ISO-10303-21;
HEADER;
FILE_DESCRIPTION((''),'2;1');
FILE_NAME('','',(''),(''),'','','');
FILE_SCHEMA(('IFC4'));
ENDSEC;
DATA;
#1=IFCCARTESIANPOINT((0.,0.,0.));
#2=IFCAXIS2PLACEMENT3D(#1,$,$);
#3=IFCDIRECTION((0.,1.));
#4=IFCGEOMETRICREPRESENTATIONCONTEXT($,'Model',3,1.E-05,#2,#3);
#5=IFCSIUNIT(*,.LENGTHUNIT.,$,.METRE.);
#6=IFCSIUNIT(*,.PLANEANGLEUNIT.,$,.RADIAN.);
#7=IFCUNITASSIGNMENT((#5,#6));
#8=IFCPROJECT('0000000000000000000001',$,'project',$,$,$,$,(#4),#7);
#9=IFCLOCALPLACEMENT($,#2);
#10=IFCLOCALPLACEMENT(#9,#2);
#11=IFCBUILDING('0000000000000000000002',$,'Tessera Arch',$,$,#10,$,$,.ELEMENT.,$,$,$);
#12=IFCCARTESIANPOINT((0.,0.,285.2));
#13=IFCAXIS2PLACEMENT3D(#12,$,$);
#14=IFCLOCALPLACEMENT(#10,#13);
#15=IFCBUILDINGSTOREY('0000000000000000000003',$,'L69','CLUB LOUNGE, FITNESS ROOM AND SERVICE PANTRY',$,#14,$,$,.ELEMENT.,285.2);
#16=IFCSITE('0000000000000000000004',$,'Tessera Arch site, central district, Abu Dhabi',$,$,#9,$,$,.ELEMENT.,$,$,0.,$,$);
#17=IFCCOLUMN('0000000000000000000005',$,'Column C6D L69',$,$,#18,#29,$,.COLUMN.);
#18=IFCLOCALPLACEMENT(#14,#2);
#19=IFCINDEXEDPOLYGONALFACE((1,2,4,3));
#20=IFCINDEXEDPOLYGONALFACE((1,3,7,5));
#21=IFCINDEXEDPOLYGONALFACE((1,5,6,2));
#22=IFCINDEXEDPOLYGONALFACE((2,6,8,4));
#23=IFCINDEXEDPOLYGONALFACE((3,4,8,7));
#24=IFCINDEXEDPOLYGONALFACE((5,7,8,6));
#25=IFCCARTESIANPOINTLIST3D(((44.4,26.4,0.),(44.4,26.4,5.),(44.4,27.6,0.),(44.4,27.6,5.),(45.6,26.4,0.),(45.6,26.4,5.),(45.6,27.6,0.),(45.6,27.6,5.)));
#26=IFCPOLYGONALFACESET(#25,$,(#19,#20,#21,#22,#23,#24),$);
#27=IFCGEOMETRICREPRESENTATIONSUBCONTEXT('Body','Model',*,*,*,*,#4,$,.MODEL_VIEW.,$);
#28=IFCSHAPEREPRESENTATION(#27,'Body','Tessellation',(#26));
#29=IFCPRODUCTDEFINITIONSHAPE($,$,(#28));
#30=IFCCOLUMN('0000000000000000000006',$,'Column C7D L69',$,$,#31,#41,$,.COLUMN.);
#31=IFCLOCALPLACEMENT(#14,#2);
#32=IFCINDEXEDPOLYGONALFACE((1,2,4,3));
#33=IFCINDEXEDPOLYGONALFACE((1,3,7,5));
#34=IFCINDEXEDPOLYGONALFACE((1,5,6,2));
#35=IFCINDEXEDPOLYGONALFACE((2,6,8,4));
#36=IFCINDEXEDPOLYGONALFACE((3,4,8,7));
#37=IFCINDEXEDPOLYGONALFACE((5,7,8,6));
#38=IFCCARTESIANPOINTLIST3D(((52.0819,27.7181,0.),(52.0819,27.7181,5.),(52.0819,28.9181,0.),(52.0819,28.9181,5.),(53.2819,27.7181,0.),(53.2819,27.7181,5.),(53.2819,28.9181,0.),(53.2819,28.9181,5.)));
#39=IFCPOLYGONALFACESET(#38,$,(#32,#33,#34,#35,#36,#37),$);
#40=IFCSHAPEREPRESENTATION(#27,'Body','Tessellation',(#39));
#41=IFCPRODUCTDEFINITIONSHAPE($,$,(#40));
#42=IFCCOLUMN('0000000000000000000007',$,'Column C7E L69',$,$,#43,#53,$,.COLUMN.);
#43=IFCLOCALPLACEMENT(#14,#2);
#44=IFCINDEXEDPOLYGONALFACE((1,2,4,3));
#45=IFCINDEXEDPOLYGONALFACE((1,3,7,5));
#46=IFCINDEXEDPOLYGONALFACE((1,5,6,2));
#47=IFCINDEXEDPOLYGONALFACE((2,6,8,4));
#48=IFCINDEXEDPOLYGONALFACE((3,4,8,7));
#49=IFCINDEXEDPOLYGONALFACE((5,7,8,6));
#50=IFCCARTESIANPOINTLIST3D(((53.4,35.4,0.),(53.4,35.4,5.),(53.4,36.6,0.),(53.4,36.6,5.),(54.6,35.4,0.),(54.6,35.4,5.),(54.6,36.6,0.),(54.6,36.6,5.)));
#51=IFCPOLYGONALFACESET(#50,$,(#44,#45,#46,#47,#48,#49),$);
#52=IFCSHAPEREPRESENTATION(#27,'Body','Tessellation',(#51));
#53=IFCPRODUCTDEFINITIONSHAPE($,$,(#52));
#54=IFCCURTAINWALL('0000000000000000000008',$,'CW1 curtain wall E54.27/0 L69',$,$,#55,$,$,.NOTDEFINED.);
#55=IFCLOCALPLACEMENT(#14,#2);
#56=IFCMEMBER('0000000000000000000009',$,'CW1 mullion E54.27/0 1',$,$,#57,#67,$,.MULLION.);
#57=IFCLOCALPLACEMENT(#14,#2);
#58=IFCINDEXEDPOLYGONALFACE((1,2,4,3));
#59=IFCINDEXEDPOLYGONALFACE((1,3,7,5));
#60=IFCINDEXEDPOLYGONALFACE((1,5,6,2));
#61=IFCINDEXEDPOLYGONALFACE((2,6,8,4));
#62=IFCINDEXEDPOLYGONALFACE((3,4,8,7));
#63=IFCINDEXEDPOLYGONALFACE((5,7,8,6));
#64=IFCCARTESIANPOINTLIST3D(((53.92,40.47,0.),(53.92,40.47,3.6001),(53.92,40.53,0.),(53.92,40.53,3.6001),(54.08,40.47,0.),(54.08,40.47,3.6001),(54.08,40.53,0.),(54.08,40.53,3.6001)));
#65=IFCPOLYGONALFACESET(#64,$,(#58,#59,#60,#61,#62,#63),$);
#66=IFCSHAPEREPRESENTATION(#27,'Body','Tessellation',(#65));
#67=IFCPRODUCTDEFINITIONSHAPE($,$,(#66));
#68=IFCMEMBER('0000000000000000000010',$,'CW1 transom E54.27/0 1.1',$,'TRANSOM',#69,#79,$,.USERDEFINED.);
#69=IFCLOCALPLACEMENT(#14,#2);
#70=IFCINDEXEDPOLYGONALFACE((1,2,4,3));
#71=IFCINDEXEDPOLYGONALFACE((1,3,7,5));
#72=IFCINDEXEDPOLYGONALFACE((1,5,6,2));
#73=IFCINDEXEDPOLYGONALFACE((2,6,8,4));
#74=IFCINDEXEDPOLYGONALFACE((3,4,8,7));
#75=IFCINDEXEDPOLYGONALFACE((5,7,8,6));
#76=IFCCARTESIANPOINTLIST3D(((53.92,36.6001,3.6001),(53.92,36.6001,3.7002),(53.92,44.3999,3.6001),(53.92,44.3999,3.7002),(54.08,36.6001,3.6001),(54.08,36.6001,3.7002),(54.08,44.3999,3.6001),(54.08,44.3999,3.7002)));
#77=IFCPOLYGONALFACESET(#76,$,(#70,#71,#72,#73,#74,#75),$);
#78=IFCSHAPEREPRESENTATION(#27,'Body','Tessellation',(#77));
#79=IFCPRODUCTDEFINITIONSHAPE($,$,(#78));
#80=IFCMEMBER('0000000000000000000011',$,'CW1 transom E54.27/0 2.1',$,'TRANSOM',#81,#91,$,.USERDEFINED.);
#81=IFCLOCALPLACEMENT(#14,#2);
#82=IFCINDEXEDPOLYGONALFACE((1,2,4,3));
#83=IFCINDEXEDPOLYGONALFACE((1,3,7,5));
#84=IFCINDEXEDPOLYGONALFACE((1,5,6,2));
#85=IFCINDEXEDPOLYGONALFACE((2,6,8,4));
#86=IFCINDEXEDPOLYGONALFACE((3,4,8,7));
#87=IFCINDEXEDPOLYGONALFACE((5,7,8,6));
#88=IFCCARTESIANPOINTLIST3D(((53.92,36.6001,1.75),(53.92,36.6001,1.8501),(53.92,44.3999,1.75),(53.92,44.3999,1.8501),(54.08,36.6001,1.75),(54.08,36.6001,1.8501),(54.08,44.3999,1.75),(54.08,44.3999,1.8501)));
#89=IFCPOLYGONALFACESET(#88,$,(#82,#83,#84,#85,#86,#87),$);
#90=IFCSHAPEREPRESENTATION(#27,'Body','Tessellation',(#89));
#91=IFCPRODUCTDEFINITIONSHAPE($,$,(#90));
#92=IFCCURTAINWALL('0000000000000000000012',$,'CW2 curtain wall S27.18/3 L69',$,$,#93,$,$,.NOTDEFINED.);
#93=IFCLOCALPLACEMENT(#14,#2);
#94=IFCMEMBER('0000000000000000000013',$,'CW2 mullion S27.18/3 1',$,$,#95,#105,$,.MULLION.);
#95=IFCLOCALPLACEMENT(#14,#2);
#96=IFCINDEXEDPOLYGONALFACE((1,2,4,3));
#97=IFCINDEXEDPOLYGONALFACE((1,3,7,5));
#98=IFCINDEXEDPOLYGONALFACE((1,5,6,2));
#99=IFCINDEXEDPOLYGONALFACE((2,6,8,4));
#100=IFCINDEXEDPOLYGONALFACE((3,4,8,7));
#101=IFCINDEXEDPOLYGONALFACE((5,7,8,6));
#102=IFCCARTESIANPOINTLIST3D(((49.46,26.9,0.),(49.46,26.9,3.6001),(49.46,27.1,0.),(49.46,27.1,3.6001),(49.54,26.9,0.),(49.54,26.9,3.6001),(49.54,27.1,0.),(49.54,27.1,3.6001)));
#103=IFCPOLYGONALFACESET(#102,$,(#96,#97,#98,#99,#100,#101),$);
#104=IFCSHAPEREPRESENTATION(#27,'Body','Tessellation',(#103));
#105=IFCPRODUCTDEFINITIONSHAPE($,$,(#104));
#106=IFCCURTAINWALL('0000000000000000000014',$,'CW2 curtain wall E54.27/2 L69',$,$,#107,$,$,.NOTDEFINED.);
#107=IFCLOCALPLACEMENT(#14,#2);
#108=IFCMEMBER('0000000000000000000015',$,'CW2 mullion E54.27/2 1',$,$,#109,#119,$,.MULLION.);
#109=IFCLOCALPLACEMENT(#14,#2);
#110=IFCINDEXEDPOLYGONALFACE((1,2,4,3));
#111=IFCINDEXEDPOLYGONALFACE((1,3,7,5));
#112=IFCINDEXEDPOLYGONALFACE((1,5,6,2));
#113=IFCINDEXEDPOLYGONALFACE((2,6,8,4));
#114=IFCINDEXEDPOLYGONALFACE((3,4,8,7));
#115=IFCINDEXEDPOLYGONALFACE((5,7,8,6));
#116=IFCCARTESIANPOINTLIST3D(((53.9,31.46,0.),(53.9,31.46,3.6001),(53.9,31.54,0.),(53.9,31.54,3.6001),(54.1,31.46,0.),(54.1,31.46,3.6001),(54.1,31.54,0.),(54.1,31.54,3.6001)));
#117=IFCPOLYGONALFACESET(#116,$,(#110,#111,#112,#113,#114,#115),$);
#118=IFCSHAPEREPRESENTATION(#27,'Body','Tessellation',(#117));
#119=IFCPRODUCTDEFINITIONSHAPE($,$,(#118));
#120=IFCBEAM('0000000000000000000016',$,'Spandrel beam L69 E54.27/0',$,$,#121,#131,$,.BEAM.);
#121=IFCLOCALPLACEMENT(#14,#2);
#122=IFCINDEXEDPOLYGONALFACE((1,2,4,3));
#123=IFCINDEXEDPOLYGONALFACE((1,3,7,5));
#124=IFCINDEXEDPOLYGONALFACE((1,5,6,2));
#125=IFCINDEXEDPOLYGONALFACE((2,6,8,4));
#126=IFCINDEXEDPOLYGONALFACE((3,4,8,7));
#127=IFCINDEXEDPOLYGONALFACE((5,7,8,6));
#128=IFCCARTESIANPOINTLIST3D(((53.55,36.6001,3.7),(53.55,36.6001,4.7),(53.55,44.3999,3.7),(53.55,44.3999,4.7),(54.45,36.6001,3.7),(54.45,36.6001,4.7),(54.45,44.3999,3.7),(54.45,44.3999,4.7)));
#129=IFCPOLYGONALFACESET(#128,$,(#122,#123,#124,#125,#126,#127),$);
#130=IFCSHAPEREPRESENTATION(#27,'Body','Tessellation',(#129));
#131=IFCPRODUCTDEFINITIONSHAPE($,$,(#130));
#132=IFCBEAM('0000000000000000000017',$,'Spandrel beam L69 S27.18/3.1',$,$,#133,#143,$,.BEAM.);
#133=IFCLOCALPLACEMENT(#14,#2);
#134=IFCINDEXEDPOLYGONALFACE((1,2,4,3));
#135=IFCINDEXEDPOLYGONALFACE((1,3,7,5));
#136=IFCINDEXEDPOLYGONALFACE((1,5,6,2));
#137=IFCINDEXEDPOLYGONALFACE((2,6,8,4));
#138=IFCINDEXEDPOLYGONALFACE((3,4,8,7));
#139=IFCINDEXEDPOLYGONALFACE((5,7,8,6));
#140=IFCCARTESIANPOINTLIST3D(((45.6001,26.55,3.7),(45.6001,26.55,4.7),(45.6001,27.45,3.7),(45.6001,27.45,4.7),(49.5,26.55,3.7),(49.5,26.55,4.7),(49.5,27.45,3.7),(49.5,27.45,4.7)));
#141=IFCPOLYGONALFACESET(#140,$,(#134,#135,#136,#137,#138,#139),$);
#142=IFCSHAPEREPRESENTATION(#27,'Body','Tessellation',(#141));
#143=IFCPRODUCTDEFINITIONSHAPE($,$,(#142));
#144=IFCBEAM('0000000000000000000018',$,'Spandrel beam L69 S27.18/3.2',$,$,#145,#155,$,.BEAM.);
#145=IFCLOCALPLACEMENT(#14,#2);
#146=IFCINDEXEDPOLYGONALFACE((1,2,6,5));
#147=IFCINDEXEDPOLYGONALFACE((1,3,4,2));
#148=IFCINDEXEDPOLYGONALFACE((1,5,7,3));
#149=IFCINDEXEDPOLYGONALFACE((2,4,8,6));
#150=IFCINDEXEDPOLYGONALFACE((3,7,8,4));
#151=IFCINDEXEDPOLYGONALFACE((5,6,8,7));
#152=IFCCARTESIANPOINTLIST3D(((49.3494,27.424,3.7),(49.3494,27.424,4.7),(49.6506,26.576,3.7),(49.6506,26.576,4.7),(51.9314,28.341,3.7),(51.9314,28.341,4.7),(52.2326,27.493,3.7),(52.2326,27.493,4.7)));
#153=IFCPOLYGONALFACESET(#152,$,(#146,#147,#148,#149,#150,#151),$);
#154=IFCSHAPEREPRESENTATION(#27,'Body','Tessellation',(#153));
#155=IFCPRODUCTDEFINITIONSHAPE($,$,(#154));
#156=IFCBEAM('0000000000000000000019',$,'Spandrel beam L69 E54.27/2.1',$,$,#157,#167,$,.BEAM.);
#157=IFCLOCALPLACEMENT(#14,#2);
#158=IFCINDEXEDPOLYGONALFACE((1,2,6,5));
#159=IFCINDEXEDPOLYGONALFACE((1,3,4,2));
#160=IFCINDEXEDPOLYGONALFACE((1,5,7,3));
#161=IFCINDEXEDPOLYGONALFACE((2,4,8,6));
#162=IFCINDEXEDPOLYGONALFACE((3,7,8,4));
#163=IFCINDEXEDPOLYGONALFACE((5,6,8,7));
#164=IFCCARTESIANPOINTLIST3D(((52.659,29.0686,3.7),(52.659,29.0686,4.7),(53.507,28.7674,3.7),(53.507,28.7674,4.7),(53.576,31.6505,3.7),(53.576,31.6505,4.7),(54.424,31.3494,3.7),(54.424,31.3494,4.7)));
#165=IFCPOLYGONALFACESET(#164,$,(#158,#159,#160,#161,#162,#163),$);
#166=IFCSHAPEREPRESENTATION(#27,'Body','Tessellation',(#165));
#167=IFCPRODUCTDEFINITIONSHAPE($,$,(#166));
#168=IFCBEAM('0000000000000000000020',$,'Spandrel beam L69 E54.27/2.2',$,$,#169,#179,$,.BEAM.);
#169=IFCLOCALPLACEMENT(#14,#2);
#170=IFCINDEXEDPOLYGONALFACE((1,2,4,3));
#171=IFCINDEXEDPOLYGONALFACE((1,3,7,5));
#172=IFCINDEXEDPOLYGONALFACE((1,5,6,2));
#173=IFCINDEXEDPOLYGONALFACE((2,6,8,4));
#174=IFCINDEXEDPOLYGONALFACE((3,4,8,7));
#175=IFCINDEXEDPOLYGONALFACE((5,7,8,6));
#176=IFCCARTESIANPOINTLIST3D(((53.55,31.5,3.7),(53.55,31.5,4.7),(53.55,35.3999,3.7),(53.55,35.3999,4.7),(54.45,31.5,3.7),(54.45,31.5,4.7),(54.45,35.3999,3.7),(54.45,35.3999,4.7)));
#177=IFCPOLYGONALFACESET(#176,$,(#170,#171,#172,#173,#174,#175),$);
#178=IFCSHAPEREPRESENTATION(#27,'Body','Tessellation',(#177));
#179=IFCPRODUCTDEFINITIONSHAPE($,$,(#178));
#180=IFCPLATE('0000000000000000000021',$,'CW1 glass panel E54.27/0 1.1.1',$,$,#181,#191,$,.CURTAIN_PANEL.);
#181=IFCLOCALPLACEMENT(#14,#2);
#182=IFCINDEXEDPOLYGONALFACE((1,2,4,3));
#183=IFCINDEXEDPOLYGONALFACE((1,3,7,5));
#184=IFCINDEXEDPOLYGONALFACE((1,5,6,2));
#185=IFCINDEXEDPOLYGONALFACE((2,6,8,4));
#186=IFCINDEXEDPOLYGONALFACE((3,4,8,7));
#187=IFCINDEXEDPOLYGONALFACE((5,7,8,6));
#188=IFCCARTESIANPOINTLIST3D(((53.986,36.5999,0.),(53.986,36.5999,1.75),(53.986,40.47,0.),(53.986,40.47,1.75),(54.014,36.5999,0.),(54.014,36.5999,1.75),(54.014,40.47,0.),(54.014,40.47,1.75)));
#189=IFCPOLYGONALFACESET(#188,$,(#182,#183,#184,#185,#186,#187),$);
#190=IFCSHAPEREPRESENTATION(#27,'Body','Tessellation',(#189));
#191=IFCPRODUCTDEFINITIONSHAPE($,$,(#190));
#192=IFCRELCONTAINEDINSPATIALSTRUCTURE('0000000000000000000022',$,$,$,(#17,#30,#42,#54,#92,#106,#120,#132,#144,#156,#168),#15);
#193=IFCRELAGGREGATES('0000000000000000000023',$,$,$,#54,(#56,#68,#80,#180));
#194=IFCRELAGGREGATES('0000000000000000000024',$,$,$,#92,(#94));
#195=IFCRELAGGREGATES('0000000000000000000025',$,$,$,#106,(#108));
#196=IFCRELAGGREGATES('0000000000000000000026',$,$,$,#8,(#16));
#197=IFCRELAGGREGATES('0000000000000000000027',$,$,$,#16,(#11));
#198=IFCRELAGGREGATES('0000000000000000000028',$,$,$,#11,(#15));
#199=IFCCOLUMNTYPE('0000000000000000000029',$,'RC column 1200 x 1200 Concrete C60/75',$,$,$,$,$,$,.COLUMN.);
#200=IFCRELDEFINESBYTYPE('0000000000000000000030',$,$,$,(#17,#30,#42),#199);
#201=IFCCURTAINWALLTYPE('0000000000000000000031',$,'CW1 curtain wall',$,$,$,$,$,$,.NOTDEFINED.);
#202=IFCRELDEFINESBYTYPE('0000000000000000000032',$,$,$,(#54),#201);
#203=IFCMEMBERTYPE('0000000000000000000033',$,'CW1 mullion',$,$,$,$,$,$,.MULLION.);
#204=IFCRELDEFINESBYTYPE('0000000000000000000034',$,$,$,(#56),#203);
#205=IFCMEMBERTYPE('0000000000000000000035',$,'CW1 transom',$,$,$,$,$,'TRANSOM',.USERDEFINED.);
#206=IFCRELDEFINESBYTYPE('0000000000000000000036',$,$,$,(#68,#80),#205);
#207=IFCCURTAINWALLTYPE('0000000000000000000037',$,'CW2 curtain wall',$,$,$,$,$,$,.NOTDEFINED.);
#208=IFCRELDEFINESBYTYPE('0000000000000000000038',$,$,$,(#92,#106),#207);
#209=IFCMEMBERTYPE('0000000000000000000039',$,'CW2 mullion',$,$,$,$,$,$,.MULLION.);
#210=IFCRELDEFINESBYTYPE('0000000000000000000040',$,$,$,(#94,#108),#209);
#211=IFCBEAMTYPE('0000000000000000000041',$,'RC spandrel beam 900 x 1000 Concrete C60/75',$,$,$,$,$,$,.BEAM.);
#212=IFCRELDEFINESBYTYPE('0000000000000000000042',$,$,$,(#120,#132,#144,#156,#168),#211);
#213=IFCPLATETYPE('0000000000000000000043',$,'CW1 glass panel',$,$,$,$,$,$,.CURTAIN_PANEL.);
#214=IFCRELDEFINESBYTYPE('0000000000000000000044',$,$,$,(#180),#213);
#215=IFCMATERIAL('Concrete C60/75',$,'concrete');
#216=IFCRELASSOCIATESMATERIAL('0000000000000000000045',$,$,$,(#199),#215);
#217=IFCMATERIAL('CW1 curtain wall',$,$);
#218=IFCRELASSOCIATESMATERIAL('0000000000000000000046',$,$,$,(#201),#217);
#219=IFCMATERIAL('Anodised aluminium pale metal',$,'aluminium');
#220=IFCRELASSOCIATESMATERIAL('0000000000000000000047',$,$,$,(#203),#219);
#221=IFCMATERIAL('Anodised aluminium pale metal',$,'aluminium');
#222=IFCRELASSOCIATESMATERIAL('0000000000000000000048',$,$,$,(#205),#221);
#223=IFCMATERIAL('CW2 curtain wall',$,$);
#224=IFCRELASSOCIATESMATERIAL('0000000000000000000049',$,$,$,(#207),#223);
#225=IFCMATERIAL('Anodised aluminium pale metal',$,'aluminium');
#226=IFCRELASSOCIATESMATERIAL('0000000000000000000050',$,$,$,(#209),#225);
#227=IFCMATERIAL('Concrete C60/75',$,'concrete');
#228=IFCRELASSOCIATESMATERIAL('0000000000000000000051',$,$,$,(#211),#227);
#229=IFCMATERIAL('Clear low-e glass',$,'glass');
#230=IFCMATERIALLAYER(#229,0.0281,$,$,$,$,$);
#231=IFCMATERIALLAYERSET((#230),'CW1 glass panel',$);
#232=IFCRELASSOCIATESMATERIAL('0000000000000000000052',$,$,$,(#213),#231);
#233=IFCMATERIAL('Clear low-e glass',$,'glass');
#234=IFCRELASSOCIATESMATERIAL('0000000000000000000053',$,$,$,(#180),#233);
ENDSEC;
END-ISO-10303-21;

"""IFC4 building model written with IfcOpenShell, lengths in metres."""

from ifc_helpers import new_model, si_unit, direction, frame, origin, origin_2d, place, context, subcontext, project, spatial, rectangle, extrude, material, layer, layer_set, material_profile, profile_set, type_object, element, aggregate, save


model = new_model("IFC4")

# Units and contexts
model_context = context("Model", 3, precision=1e-05, world=origin(), true_north=direction((0.0, 1.0)))
body_context = subcontext(model_context, "Body", "Model", "MODEL_VIEW")
ifc_project = project(units=[si_unit("LENGTHUNIT", "METRE"), si_unit("PLANEANGLEUNIT", "RADIAN")], contexts=[model_context])

# Site, building, storey
site_placement = place(None, origin())
site = spatial("IfcSite", under=ifc_project, at=site_placement, Name="Tessera Arch site, central district, Abu Dhabi", CompositionType="ELEMENT", RefElevation=0.0)
building_placement = place(site_placement, origin())
building = spatial("IfcBuilding", under=site, at=building_placement, Name="Tessera Arch", CompositionType="ELEMENT")
storey_placement = place(building_placement, frame((0.0, 0.0, 285.2)))
storey = spatial("IfcBuildingStorey", under=building, at=storey_placement, Name="L69", Description="CLUB LOUNGE, FITNESS ROOM AND SERVICE PANTRY", CompositionType="ELEMENT", Elevation=285.2)

# Columns
ifc_material_1 = material(Name="Concrete C60/75", Category="concrete")
ifc_material_profile_1 = material_profile(ifc_material_1, rectangle(XDim=1.2, YDim=1.2, at=origin_2d()), Name="RC column 1200 x 1200 Concrete C60/75")
ifc_profile_set_1 = profile_set([ifc_material_profile_1], Name="Concrete C60/75")
column_type = type_object("IfcColumnType", Name="RC column 1200 x 1200 Concrete C60/75", PredefinedType="COLUMN", material=ifc_profile_set_1)
for number, where, z_axis, x_axis, name in (
    (1, (45.0, 27.0, 0.0), (0.0, 0.0, 1.0), (1.0, 0.0, 0.0), "Column C6D L69"),
    (2, (52.6819, 28.3181, 0.0), (0.0, 0.0, 1.0), (1.0, 0.0, 0.0), "Column C7D L69"),
    (3, (54.0, 36.0, 0.0), (0.0, 0.0, 1.0), (1.0, 0.0, 0.0), "Column C7E L69"),
):
    element("IfcColumn", number, at=place(storey_placement, frame(where, z_axis=z_axis, x_axis=x_axis)), inside=storey, type_object=column_type, Name=name, PredefinedType="COLUMN", context=body_context, shape_type="SweptSolid", body=[
        extrude(rectangle(XDim=1.2, YDim=1.2, at=origin_2d()), origin(), (0.0, 0.0, 1.0), 5.0),
    ])

# Curtain wall, members
ifc_material_2 = material(Name="CW1 curtain wall")
curtain_wall_type_1 = type_object("IfcCurtainWallType", Name="CW1 curtain wall", PredefinedType="NOTDEFINED", material=ifc_material_2)
curtain_wall_1_placement = place(storey_placement, origin())
curtain_wall_1 = element("IfcCurtainWall", 4, at=curtain_wall_1_placement, inside=storey, type_object=curtain_wall_type_1, Name="CW1 curtain wall E54.27/0 L69", PredefinedType="NOTDEFINED")
ifc_material_3 = material(Name="Anodised aluminium pale metal", Category="aluminium")
ifc_material_profile_2 = material_profile(ifc_material_3, rectangle(XDim=0.1599, YDim=0.0601, at=origin_2d()), Name="AL 60x160")
ifc_profile_set_2 = profile_set([ifc_material_profile_2], Name="Anodised aluminium pale metal")
member_type_1 = type_object("IfcMemberType", Name="CW1 mullion", PredefinedType="MULLION", material=ifc_profile_set_2)
member_1_placement = place(storey_placement, frame((54.0, 40.5, 0.0), z_axis=(0.0, 0.0, 1.0), x_axis=(-1.0, 0.0, 0.0)))
member_1 = element("IfcMember", 5, at=member_1_placement, type_object=member_type_1, Name="CW1 mullion E54.27/0 1", PredefinedType="MULLION", context=body_context, shape_type="SweptSolid", body=[
    extrude(rectangle(XDim=0.1599, YDim=0.0601, at=origin_2d()), origin(), (0.0, 0.0, 1.0), 3.6001),
])
ifc_material_4 = material(Name="Anodised aluminium pale metal", Category="aluminium")
ifc_material_profile_3 = material_profile(ifc_material_4, rectangle(XDim=0.1599, YDim=0.1001, at=origin_2d()), Name="AL 160x100")
ifc_profile_set_3 = profile_set([ifc_material_profile_3], Name="Anodised aluminium pale metal")
member_type_2 = type_object("IfcMemberType", Name="CW1 transom", ElementType="TRANSOM", PredefinedType="USERDEFINED", material=ifc_profile_set_3)
member_2_placement = place(storey_placement, frame((54.0, 36.6001, 3.6501), z_axis=(0.0, 1.0, 0.0), x_axis=(-1.0, 0.0, 0.0)))
member_2 = element("IfcMember", 6, at=member_2_placement, type_object=member_type_2, Name="CW1 transom E54.27/0 1.1", ObjectType="TRANSOM", PredefinedType="USERDEFINED", context=body_context, shape_type="SweptSolid", body=[
    extrude(rectangle(XDim=0.1599, YDim=0.1001, at=origin_2d()), origin(), (0.0, 0.0, 1.0), 7.7998),
])
member_3_placement = place(storey_placement, frame((54.0, 36.6001, 1.8), z_axis=(0.0, 1.0, 0.0), x_axis=(-1.0, 0.0, 0.0)))
member_3 = element("IfcMember", 7, at=member_3_placement, type_object=member_type_2, Name="CW1 transom E54.27/0 2.1", ObjectType="TRANSOM", PredefinedType="USERDEFINED", context=body_context, shape_type="SweptSolid", body=[
    extrude(rectangle(XDim=0.1599, YDim=0.1001, at=origin_2d()), origin(), (0.0, 0.0, 1.0), 7.7998),
])

# Curtain walls, members
ifc_material_5 = material(Name="CW2 curtain wall")
curtain_wall_type_2 = type_object("IfcCurtainWallType", Name="CW2 curtain wall", PredefinedType="NOTDEFINED", material=ifc_material_5)
curtain_wall_2_placement = place(storey_placement, origin())
curtain_wall_2 = element("IfcCurtainWall", 8, at=curtain_wall_2_placement, inside=storey, type_object=curtain_wall_type_2, Name="CW2 curtain wall S27.18/3 L69", PredefinedType="NOTDEFINED")
ifc_material_6 = material(Name="Anodised aluminium pale metal", Category="aluminium")
ifc_material_profile_4 = material_profile(ifc_material_6, rectangle(XDim=0.2, YDim=0.0801, at=origin_2d()), Name="AL 80x200")
ifc_profile_set_4 = profile_set([ifc_material_profile_4], Name="Anodised aluminium pale metal")
member_type_3 = type_object("IfcMemberType", Name="CW2 mullion", PredefinedType="MULLION", material=ifc_profile_set_4)
member_4_placement = place(storey_placement, frame((49.5, 27.0, 0.0), z_axis=(0.0, 0.0, 1.0), x_axis=(0.0, 1.0, 0.0)))
member_4 = element("IfcMember", 9, at=member_4_placement, type_object=member_type_3, Name="CW2 mullion S27.18/3 1", PredefinedType="MULLION", context=body_context, shape_type="SweptSolid", body=[
    extrude(rectangle(XDim=0.2, YDim=0.0801, at=origin_2d()), origin(), (0.0, 0.0, 1.0), 3.6001),
])
curtain_wall_3_placement = place(storey_placement, origin())
curtain_wall_3 = element("IfcCurtainWall", 10, at=curtain_wall_3_placement, inside=storey, type_object=curtain_wall_type_2, Name="CW2 curtain wall E54.27/2 L69", PredefinedType="NOTDEFINED")
member_5_placement = place(storey_placement, frame((54.0, 31.5, 0.0), z_axis=(0.0, 0.0, 1.0), x_axis=(-1.0, 0.0, 0.0)))
member_5 = element("IfcMember", 11, at=member_5_placement, type_object=member_type_3, Name="CW2 mullion E54.27/2 1", PredefinedType="MULLION", context=body_context, shape_type="SweptSolid", body=[
    extrude(rectangle(XDim=0.2, YDim=0.0801, at=origin_2d()), origin(), (0.0, 0.0, 1.0), 3.6001),
])

# Beams
ifc_material_7 = material(Name="Concrete C60/75", Category="concrete")
ifc_material_profile_5 = material_profile(ifc_material_7, rectangle(XDim=0.8999, YDim=1.0, at=origin_2d()), Name="RC spandrel beam 900 x 1000 Concrete C60/75")
ifc_profile_set_5 = profile_set([ifc_material_profile_5], Name="Concrete C60/75")
beam_type = type_object("IfcBeamType", Name="RC spandrel beam 900 x 1000 Concrete C60/75", PredefinedType="BEAM", material=ifc_profile_set_5)
beam_1_placement = place(storey_placement, frame((54.0, 36.6001, 4.2), z_axis=(0.0, 1.0, 0.0), x_axis=(-1.0, 0.0, 0.0)))
element("IfcBeam", 12, at=beam_1_placement, inside=storey, type_object=beam_type, Name="Spandrel beam L69 E54.27/0", PredefinedType="BEAM", context=body_context, shape_type="SweptSolid", body=[
    extrude(rectangle(XDim=0.8999, YDim=1.0, at=origin_2d()), origin(), (0.0, 0.0, 1.0), 7.7998),
])
beam_2_placement = place(storey_placement, frame((45.6001, 27.0, 4.2), z_axis=(1.0, 0.0, 0.0), x_axis=(0.0, 1.0, 0.0)))
element("IfcBeam", 13, at=beam_2_placement, inside=storey, type_object=beam_type, Name="Spandrel beam L69 S27.18/3.1", PredefinedType="BEAM", context=body_context, shape_type="SweptSolid", body=[
    extrude(rectangle(XDim=0.8999, YDim=1.0, at=origin_2d()), origin(), (0.0, 0.0, 1.0), 3.8999),
])
for number, where, z_axis, x_axis, name in (
    (14, (49.5, 27.0, 4.2), (0.942337, 0.334665, 0.0), (-0.334665, 0.942337, 0.0), "Spandrel beam L69 S27.18/3.2"),
    (15, (53.083, 28.918, 4.2), (0.334665, 0.942337, 0.0), (-0.942337, 0.334665, 0.0), "Spandrel beam L69 E54.27/2.1"),
):
    element("IfcBeam", number, at=place(storey_placement, frame(where, z_axis=z_axis, x_axis=x_axis)), inside=storey, type_object=beam_type, Name=name, PredefinedType="BEAM", context=body_context, shape_type="SweptSolid", body=[
        extrude(rectangle(XDim=0.8999, YDim=1.0, at=origin_2d()), origin(), (0.0, 0.0, 1.0), 2.74),
    ])
beam_3_placement = place(storey_placement, frame((54.0, 31.5, 4.2), z_axis=(0.0, 1.0, 0.0), x_axis=(-1.0, 0.0, 0.0)))
element("IfcBeam", 16, at=beam_3_placement, inside=storey, type_object=beam_type, Name="Spandrel beam L69 E54.27/2.2", PredefinedType="BEAM", context=body_context, shape_type="SweptSolid", body=[
    extrude(rectangle(XDim=0.8999, YDim=1.0, at=origin_2d()), origin(), (0.0, 0.0, 1.0), 3.8999),
])

# Plate
ifc_material_8 = material(Name="Clear low-e glass", Category="glass")
ifc_material_9 = material(Name="Clear low-e glass", Category="glass")
ifc_layer_1 = layer(ifc_material_9, 0.0281)
ifc_layer_set_1 = layer_set([ifc_layer_1], Name="CW1 glass panel")
plate_type_1 = type_object("IfcPlateType", Name="CW1 glass panel", PredefinedType="CURTAIN_PANEL", material=ifc_layer_set_1)
plate_1_placement = place(storey_placement, frame((54.0, 38.5349, 0.0), z_axis=(0.0, 0.0, 1.0), x_axis=(0.0, 1.0, 0.0)))
plate_1 = element("IfcPlate", 17, at=plate_1_placement, type_object=plate_type_1, material=ifc_material_8, Name="CW1 glass panel E54.27/0 1.1.1", PredefinedType="CURTAIN_PANEL", context=body_context, shape_type="SweptSolid", body=[
    extrude(rectangle(XDim=3.8701, YDim=0.0281, at=origin_2d()), origin(), (0.0, 0.0, 1.0), 1.75),
])
aggregate(curtain_wall_1, [member_1, member_2, member_3, plate_1])
aggregate(curtain_wall_2, [member_4])
aggregate(curtain_wall_3, [member_5])

save(model, "model.ifc")
